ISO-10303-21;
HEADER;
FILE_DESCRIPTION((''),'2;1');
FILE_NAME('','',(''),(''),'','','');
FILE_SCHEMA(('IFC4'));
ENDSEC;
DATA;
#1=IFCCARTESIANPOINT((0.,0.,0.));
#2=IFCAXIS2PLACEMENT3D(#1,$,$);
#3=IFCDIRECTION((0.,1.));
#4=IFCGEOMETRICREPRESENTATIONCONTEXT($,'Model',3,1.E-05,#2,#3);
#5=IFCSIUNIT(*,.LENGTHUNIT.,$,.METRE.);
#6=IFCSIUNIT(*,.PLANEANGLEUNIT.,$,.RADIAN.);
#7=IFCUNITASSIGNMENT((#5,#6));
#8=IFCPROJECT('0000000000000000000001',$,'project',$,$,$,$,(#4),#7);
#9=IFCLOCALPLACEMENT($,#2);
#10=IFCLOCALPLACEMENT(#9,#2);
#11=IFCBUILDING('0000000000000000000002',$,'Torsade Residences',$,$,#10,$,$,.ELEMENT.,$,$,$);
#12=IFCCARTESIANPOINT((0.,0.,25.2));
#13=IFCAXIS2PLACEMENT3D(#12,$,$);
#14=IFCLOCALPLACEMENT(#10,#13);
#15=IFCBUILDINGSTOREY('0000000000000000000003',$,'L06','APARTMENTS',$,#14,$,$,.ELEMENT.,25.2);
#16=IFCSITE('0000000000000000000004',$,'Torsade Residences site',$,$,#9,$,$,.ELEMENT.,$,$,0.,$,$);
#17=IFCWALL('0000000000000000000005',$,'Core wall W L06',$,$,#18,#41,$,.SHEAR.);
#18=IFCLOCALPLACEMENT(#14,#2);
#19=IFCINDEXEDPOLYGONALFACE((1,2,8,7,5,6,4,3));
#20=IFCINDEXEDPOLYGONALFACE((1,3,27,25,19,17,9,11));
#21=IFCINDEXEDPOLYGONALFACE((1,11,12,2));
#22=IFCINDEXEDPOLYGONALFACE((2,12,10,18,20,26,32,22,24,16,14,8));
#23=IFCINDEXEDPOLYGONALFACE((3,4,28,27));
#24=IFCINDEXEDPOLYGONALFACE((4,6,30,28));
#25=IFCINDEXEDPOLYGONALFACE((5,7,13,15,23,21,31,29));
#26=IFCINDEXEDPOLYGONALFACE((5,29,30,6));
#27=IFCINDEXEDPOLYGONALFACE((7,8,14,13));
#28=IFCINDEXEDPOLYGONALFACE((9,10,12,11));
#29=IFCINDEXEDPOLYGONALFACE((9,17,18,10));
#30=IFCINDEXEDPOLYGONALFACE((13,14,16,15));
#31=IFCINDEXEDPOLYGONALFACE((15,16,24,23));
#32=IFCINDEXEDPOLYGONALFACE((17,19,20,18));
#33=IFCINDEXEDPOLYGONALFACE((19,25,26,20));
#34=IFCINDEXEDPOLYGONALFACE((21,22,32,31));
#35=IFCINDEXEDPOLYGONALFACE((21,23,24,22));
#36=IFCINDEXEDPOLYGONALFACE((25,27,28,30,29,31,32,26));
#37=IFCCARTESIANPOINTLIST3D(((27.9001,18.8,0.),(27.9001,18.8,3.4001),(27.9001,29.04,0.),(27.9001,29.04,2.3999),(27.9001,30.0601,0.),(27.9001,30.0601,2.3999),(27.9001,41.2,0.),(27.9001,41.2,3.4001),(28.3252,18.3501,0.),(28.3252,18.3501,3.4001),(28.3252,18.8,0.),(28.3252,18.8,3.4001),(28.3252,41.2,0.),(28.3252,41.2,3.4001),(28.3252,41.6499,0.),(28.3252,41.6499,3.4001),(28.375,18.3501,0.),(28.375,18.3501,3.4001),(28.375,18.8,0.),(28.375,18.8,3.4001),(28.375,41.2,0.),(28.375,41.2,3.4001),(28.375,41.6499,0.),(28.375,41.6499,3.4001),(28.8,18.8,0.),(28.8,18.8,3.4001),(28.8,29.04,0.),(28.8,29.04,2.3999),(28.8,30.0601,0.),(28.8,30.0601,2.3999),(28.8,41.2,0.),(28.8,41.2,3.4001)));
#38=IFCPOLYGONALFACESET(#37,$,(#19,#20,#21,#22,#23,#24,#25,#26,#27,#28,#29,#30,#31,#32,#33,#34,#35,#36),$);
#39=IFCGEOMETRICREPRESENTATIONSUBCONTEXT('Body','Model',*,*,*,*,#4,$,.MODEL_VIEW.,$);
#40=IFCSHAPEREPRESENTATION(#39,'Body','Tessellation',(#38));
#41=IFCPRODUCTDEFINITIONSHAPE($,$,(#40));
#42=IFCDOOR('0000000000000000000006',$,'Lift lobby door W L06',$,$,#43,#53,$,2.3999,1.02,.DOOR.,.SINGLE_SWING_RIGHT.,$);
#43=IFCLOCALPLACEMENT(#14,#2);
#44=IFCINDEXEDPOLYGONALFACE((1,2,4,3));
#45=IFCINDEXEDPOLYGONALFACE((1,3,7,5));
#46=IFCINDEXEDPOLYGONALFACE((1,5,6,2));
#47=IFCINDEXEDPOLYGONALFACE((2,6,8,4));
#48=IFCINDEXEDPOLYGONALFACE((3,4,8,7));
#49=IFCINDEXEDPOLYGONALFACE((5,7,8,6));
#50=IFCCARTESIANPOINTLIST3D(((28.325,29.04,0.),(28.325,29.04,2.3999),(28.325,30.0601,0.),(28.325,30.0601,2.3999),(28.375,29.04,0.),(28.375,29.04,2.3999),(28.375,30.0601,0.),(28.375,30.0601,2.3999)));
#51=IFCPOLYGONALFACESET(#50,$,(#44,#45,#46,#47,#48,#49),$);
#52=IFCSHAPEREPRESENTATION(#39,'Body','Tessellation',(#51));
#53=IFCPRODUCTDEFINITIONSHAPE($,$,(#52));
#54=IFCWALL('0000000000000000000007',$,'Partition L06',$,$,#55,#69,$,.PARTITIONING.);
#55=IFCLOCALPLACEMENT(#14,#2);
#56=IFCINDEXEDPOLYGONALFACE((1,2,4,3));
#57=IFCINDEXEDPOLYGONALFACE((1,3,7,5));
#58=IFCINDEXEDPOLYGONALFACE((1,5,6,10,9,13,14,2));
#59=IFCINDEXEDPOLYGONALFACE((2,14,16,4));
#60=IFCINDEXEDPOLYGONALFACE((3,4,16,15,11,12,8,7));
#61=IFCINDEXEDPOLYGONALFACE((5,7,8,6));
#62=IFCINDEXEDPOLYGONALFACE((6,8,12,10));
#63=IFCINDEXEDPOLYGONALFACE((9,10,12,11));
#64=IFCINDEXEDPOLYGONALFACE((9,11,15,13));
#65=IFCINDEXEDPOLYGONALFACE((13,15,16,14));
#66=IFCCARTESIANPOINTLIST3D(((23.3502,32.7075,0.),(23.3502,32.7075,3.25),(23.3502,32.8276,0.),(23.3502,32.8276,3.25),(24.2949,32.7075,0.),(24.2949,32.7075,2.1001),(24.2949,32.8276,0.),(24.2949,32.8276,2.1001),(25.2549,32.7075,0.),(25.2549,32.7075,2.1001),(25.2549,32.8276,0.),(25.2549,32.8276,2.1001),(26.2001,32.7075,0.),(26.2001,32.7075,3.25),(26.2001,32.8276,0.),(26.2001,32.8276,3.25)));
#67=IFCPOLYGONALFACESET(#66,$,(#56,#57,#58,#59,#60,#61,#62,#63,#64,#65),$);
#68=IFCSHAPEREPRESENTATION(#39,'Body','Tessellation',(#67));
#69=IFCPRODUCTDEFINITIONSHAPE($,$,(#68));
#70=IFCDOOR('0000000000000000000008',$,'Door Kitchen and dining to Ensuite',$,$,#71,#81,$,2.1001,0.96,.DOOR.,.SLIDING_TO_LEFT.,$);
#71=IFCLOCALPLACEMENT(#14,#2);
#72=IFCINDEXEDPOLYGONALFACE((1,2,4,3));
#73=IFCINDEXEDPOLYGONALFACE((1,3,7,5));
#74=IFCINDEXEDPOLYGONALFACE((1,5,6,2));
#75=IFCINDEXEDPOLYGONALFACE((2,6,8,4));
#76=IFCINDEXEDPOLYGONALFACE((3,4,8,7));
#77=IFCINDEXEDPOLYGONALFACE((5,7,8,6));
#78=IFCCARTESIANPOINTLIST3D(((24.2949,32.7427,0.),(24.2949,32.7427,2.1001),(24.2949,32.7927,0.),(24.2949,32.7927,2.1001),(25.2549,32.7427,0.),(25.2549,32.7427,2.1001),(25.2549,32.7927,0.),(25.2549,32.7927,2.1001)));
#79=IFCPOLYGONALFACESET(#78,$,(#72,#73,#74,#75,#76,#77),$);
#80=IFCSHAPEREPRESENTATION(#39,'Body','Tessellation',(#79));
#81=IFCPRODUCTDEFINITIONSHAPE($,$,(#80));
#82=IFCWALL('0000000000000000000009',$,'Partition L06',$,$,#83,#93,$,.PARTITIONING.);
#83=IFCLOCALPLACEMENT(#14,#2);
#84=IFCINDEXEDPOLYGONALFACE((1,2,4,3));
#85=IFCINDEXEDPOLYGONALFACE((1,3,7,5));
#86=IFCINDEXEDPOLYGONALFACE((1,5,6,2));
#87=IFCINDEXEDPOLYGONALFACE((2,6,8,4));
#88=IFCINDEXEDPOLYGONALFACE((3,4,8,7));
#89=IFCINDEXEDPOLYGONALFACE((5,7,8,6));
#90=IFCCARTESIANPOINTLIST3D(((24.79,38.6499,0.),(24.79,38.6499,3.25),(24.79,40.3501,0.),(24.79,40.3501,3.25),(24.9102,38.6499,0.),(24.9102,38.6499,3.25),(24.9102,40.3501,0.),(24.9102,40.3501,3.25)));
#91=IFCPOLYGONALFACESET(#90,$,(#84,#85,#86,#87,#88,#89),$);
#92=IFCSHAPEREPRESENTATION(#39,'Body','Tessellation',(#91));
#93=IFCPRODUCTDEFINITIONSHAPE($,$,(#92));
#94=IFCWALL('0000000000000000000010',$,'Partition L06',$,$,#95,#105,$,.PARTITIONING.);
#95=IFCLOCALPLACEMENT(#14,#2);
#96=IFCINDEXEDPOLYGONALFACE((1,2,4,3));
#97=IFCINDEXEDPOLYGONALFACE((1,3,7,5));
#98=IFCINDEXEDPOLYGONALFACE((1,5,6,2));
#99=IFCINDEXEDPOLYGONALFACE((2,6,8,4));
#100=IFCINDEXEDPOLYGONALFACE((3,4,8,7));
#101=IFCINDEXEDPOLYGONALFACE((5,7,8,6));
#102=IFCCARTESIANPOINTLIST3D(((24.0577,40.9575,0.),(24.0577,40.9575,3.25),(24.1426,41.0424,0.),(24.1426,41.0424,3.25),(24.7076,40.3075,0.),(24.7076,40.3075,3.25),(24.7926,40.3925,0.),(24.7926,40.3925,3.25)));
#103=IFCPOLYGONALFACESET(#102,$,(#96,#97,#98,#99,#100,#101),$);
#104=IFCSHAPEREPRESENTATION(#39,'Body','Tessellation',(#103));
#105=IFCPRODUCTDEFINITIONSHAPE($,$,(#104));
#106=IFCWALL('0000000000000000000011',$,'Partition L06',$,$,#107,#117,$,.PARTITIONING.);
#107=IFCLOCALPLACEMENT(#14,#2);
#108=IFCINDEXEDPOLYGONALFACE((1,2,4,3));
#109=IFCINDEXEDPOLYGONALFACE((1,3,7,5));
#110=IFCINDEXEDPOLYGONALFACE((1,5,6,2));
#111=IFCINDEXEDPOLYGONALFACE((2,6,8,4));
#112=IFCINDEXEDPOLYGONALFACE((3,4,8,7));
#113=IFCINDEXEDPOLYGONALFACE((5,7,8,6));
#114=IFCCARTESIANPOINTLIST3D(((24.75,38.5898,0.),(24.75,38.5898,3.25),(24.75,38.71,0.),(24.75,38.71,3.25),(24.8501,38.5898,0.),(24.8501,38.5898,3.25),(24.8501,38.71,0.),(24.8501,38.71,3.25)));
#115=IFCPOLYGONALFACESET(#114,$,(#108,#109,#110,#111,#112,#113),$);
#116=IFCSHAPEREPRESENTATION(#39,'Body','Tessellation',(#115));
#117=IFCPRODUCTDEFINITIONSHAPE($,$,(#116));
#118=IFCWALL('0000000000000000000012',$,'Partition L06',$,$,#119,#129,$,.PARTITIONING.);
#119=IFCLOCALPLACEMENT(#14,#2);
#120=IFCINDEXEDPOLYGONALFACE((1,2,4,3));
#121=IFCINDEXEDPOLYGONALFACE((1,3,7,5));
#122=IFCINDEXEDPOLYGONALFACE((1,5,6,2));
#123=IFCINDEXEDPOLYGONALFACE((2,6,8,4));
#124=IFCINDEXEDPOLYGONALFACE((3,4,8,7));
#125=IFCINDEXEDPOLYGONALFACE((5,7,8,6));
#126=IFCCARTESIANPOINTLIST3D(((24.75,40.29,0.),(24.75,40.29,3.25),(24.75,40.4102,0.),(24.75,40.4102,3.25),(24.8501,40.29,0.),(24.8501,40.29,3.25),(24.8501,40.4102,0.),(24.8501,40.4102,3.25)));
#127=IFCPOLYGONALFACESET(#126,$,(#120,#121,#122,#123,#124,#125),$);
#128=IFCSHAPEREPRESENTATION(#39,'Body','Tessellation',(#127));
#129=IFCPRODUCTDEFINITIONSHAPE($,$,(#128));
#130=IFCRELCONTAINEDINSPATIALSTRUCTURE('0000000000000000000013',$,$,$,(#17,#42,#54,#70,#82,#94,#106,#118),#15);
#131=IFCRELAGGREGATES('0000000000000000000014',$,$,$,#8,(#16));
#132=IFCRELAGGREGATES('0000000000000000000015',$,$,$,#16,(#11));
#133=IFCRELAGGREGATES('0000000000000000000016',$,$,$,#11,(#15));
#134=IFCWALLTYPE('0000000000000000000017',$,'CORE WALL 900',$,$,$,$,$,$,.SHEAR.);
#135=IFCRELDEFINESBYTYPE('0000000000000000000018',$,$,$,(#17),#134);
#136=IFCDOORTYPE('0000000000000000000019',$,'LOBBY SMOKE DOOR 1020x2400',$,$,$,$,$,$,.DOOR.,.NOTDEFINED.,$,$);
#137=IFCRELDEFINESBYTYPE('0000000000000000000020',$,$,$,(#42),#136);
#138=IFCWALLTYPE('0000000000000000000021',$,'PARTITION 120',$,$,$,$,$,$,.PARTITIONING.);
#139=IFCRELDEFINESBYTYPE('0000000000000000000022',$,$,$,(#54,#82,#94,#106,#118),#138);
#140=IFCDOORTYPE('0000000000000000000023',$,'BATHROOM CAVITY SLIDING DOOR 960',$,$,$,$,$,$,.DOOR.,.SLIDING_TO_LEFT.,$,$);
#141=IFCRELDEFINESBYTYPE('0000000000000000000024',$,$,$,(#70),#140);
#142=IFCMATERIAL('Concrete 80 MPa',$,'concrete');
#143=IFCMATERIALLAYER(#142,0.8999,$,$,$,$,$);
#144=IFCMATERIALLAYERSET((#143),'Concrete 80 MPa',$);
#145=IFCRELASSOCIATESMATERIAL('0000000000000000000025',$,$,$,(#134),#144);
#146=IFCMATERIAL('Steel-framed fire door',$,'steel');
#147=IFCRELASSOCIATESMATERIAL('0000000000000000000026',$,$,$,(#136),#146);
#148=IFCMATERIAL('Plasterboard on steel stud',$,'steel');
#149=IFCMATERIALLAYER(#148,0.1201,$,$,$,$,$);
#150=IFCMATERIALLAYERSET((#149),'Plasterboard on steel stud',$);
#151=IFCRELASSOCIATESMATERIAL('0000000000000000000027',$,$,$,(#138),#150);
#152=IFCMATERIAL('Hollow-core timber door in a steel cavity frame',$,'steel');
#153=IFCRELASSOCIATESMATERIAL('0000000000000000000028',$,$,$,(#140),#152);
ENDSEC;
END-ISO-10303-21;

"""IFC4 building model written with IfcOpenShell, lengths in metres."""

from ifc_helpers import new_model, si_unit, direction, frame, frame_2d, origin, place, context, subcontext, project, spatial, polyline, rectangle, outline, extrude, material, layer, layer_set, type_object, element, fill, save


model = new_model("IFC4")

# Units and contexts
model_context = context("Model", 3, precision=1e-05, world=origin(), true_north=direction((0.0, 1.0)))
body_context = subcontext(model_context, "Body", "Model", "MODEL_VIEW")
ifc_project = project(units=[si_unit("LENGTHUNIT", "METRE"), si_unit("PLANEANGLEUNIT", "RADIAN")], contexts=[model_context])

# Site, building, storey
site_placement = place(None, origin())
site = spatial("IfcSite", under=ifc_project, at=site_placement, Name="Torsade Residences site", CompositionType="ELEMENT", RefElevation=0.0)
building_placement = place(site_placement, origin())
building = spatial("IfcBuilding", under=site, at=building_placement, Name="Torsade Residences", CompositionType="ELEMENT")
storey_placement = place(building_placement, frame((0.0, 0.0, 25.2)))
storey = spatial("IfcBuildingStorey", under=building, at=storey_placement, Name="L06", Description="APARTMENTS", CompositionType="ELEMENT", Elevation=25.2)

# Shared definitions
ifc_material_1 = material(Name="Concrete 80 MPa", Category="concrete")
ifc_layer_1 = layer(ifc_material_1, 0.8999)
ifc_layer_set_1 = layer_set([ifc_layer_1], Name="Concrete 80 MPa")
wall_type_1 = type_object("IfcWallType", Name="CORE WALL 900", PredefinedType="SHEAR", material=ifc_layer_set_1)

# Walls, openings, doors
wall_1_placement = place(storey_placement, frame((28.3501, 41.2, 0.0), z_axis=(0.0, 0.0, 1.0), x_axis=(0.0, -1.0, 0.0)))
wall_1 = element("IfcWall", 1, at=wall_1_placement, inside=storey, type_object=wall_type_1, Name="Core wall W L06", PredefinedType="SHEAR", context=body_context, shape_type="SweptSolid", body=[
    extrude(outline(polyline([(0.0, -0.45), (22.3999, -0.45), (22.3999, -0.0249), (22.8499, -0.0249), (22.8499, 0.0249), (22.3999, 0.0249), (22.3999, 0.45), (0.0, 0.45), (0.0, 0.0249), (-0.45, 0.0249), (-0.45, -0.0249), (0.0, -0.0249), (0.0, -0.45)])), origin(), (0.0, 0.0, 1.0), 3.4001),
])
opening_1_placement = place(wall_1_placement, frame((11.1399, 0.0, 0.0)))
opening_1 = element("IfcOpeningElement", 2, at=opening_1_placement, cuts=wall_1, PredefinedType="OPENING", context=body_context, shape_type="SweptSolid", body=[
    extrude(rectangle(XDim=1.02, YDim=2.3999, at=frame_2d((0.51, 1.2))), frame((0.0, 0.46, 0.0), z_axis=(0.0, -1.0, 0.0), x_axis=(1.0, 0.0, 0.0)), (0.0, 0.0, 1.0), 0.9199),
])
ifc_material_2 = material(Name="Steel-framed fire door", Category="steel")
door_type_1 = type_object("IfcDoorType", Name="LOBBY SMOKE DOOR 1020x2400", OperationType="NOTDEFINED", PredefinedType="DOOR", material=ifc_material_2)
door_1_placement = place(opening_1_placement, origin())
door_1 = element("IfcDoor", 3, at=door_1_placement, inside=storey, type_object=door_type_1, Name="Lift lobby door W L06", OperationType="SINGLE_SWING_RIGHT", OverallHeight=2.3999, OverallWidth=1.02, PredefinedType="DOOR", context=body_context, shape_type="SweptSolid", body=[
    extrude(rectangle(XDim=1.02, YDim=2.3999, at=frame_2d((0.51, 1.2))), frame((0.0, 0.0249, 0.0), z_axis=(0.0, -1.0, 0.0), x_axis=(1.0, 0.0, 0.0)), (0.0, 0.0, 1.0), 0.05),
])
fill(opening_1, door_1)
ifc_material_3 = material(Name="Plasterboard on steel stud", Category="steel")
ifc_layer_2 = layer(ifc_material_3, 0.1201)
ifc_layer_set_2 = layer_set([ifc_layer_2], Name="Plasterboard on steel stud")
wall_type_2 = type_object("IfcWallType", Name="PARTITION 120", PredefinedType="PARTITIONING", material=ifc_layer_set_2)
wall_2_placement = place(storey_placement, frame((26.2, 32.7676, 0.0), z_axis=(0.0, 0.0, 1.0), x_axis=(-1.0, 0.0, 0.0)))
wall_2 = element("IfcWall", 4, at=wall_2_placement, inside=storey, type_object=wall_type_2, Name="Partition L06", PredefinedType="PARTITIONING", context=body_context, shape_type="SweptSolid", body=[
    extrude(rectangle(XDim=2.8499, YDim=0.1201, at=frame_2d((1.4248, 0.0))), origin(), (0.0, 0.0, 1.0), 3.25),
])
opening_2_placement = place(wall_2_placement, frame((0.9451, 0.0, 0.0)))
opening_2 = element("IfcOpeningElement", 5, at=opening_2_placement, cuts=wall_2, PredefinedType="OPENING", context=body_context, shape_type="SweptSolid", body=[
    extrude(rectangle(XDim=0.96, YDim=2.1001, at=frame_2d((0.48, 1.05))), frame((0.0, 0.0701, 0.0), z_axis=(0.0, -1.0, 0.0), x_axis=(1.0, 0.0, 0.0)), (0.0, 0.0, 1.0), 0.1401),
])
ifc_material_4 = material(Name="Hollow-core timber door in a steel cavity frame", Category="steel")
door_type_2 = type_object("IfcDoorType", Name="BATHROOM CAVITY SLIDING DOOR 960", OperationType="SLIDING_TO_LEFT", PredefinedType="DOOR", material=ifc_material_4)
door_2_placement = place(opening_2_placement, origin())
door_2 = element("IfcDoor", 6, at=door_2_placement, inside=storey, type_object=door_type_2, Name="Door Kitchen and dining to Ensuite", OperationType="SLIDING_TO_LEFT", OverallHeight=2.1001, OverallWidth=0.96, PredefinedType="DOOR", context=body_context, shape_type="SweptSolid", body=[
    extrude(rectangle(XDim=0.96, YDim=2.1001, at=frame_2d((0.48, 1.05))), frame((0.0, 0.0249, 0.0), z_axis=(0.0, -1.0, 0.0), x_axis=(1.0, 0.0, 0.0)), (0.0, 0.0, 1.0), 0.05),
])
fill(opening_2, door_2)

# Walls
wall_3_placement = place(storey_placement, frame((24.8501, 38.6499, 0.0), z_axis=(0.0, 0.0, 1.0), x_axis=(0.0, 1.0, 0.0)))
element("IfcWall", 7, at=wall_3_placement, inside=storey, type_object=wall_type_2, Name="Partition L06", PredefinedType="PARTITIONING", context=body_context, shape_type="SweptSolid", body=[
    extrude(rectangle(XDim=1.7002, YDim=0.1201, at=frame_2d((0.8501, 0.0))), origin(), (0.0, 0.0, 1.0), 3.25),
])
wall_4_placement = place(storey_placement, frame((24.75, 40.3501, 0.0), z_axis=(0.0, 0.0, 1.0), x_axis=(-0.707107, 0.707107, 0.0)))
element("IfcWall", 8, at=wall_4_placement, inside=storey, type_object=wall_type_2, Name="Partition L06", PredefinedType="PARTITIONING", context=body_context, shape_type="SweptSolid", body=[
    extrude(rectangle(XDim=0.9192, YDim=0.1201, at=frame_2d((0.4595, 0.0))), origin(), (0.0, 0.0, 1.0), 3.25),
])
for number, where, z_axis, x_axis, name in (
    (9, (24.8501, 38.6499, 0.0), (0.0, 0.0, 1.0), (-1.0, 0.0, 0.0), "Partition L06"),
    (10, (24.8501, 40.3501, 0.0), (0.0, 0.0, 1.0), (-1.0, 0.0, 0.0), "Partition L06"),
):
    element("IfcWall", number, at=place(storey_placement, frame(where, z_axis=z_axis, x_axis=x_axis)), inside=storey, type_object=wall_type_2, Name=name, PredefinedType="PARTITIONING", context=body_context, shape_type="SweptSolid", body=[
        extrude(rectangle(XDim=0.1001, YDim=0.1201, at=frame_2d((0.05, 0.0))), origin(), (0.0, 0.0, 1.0), 3.25),
    ])

save(model, "model.ifc")
